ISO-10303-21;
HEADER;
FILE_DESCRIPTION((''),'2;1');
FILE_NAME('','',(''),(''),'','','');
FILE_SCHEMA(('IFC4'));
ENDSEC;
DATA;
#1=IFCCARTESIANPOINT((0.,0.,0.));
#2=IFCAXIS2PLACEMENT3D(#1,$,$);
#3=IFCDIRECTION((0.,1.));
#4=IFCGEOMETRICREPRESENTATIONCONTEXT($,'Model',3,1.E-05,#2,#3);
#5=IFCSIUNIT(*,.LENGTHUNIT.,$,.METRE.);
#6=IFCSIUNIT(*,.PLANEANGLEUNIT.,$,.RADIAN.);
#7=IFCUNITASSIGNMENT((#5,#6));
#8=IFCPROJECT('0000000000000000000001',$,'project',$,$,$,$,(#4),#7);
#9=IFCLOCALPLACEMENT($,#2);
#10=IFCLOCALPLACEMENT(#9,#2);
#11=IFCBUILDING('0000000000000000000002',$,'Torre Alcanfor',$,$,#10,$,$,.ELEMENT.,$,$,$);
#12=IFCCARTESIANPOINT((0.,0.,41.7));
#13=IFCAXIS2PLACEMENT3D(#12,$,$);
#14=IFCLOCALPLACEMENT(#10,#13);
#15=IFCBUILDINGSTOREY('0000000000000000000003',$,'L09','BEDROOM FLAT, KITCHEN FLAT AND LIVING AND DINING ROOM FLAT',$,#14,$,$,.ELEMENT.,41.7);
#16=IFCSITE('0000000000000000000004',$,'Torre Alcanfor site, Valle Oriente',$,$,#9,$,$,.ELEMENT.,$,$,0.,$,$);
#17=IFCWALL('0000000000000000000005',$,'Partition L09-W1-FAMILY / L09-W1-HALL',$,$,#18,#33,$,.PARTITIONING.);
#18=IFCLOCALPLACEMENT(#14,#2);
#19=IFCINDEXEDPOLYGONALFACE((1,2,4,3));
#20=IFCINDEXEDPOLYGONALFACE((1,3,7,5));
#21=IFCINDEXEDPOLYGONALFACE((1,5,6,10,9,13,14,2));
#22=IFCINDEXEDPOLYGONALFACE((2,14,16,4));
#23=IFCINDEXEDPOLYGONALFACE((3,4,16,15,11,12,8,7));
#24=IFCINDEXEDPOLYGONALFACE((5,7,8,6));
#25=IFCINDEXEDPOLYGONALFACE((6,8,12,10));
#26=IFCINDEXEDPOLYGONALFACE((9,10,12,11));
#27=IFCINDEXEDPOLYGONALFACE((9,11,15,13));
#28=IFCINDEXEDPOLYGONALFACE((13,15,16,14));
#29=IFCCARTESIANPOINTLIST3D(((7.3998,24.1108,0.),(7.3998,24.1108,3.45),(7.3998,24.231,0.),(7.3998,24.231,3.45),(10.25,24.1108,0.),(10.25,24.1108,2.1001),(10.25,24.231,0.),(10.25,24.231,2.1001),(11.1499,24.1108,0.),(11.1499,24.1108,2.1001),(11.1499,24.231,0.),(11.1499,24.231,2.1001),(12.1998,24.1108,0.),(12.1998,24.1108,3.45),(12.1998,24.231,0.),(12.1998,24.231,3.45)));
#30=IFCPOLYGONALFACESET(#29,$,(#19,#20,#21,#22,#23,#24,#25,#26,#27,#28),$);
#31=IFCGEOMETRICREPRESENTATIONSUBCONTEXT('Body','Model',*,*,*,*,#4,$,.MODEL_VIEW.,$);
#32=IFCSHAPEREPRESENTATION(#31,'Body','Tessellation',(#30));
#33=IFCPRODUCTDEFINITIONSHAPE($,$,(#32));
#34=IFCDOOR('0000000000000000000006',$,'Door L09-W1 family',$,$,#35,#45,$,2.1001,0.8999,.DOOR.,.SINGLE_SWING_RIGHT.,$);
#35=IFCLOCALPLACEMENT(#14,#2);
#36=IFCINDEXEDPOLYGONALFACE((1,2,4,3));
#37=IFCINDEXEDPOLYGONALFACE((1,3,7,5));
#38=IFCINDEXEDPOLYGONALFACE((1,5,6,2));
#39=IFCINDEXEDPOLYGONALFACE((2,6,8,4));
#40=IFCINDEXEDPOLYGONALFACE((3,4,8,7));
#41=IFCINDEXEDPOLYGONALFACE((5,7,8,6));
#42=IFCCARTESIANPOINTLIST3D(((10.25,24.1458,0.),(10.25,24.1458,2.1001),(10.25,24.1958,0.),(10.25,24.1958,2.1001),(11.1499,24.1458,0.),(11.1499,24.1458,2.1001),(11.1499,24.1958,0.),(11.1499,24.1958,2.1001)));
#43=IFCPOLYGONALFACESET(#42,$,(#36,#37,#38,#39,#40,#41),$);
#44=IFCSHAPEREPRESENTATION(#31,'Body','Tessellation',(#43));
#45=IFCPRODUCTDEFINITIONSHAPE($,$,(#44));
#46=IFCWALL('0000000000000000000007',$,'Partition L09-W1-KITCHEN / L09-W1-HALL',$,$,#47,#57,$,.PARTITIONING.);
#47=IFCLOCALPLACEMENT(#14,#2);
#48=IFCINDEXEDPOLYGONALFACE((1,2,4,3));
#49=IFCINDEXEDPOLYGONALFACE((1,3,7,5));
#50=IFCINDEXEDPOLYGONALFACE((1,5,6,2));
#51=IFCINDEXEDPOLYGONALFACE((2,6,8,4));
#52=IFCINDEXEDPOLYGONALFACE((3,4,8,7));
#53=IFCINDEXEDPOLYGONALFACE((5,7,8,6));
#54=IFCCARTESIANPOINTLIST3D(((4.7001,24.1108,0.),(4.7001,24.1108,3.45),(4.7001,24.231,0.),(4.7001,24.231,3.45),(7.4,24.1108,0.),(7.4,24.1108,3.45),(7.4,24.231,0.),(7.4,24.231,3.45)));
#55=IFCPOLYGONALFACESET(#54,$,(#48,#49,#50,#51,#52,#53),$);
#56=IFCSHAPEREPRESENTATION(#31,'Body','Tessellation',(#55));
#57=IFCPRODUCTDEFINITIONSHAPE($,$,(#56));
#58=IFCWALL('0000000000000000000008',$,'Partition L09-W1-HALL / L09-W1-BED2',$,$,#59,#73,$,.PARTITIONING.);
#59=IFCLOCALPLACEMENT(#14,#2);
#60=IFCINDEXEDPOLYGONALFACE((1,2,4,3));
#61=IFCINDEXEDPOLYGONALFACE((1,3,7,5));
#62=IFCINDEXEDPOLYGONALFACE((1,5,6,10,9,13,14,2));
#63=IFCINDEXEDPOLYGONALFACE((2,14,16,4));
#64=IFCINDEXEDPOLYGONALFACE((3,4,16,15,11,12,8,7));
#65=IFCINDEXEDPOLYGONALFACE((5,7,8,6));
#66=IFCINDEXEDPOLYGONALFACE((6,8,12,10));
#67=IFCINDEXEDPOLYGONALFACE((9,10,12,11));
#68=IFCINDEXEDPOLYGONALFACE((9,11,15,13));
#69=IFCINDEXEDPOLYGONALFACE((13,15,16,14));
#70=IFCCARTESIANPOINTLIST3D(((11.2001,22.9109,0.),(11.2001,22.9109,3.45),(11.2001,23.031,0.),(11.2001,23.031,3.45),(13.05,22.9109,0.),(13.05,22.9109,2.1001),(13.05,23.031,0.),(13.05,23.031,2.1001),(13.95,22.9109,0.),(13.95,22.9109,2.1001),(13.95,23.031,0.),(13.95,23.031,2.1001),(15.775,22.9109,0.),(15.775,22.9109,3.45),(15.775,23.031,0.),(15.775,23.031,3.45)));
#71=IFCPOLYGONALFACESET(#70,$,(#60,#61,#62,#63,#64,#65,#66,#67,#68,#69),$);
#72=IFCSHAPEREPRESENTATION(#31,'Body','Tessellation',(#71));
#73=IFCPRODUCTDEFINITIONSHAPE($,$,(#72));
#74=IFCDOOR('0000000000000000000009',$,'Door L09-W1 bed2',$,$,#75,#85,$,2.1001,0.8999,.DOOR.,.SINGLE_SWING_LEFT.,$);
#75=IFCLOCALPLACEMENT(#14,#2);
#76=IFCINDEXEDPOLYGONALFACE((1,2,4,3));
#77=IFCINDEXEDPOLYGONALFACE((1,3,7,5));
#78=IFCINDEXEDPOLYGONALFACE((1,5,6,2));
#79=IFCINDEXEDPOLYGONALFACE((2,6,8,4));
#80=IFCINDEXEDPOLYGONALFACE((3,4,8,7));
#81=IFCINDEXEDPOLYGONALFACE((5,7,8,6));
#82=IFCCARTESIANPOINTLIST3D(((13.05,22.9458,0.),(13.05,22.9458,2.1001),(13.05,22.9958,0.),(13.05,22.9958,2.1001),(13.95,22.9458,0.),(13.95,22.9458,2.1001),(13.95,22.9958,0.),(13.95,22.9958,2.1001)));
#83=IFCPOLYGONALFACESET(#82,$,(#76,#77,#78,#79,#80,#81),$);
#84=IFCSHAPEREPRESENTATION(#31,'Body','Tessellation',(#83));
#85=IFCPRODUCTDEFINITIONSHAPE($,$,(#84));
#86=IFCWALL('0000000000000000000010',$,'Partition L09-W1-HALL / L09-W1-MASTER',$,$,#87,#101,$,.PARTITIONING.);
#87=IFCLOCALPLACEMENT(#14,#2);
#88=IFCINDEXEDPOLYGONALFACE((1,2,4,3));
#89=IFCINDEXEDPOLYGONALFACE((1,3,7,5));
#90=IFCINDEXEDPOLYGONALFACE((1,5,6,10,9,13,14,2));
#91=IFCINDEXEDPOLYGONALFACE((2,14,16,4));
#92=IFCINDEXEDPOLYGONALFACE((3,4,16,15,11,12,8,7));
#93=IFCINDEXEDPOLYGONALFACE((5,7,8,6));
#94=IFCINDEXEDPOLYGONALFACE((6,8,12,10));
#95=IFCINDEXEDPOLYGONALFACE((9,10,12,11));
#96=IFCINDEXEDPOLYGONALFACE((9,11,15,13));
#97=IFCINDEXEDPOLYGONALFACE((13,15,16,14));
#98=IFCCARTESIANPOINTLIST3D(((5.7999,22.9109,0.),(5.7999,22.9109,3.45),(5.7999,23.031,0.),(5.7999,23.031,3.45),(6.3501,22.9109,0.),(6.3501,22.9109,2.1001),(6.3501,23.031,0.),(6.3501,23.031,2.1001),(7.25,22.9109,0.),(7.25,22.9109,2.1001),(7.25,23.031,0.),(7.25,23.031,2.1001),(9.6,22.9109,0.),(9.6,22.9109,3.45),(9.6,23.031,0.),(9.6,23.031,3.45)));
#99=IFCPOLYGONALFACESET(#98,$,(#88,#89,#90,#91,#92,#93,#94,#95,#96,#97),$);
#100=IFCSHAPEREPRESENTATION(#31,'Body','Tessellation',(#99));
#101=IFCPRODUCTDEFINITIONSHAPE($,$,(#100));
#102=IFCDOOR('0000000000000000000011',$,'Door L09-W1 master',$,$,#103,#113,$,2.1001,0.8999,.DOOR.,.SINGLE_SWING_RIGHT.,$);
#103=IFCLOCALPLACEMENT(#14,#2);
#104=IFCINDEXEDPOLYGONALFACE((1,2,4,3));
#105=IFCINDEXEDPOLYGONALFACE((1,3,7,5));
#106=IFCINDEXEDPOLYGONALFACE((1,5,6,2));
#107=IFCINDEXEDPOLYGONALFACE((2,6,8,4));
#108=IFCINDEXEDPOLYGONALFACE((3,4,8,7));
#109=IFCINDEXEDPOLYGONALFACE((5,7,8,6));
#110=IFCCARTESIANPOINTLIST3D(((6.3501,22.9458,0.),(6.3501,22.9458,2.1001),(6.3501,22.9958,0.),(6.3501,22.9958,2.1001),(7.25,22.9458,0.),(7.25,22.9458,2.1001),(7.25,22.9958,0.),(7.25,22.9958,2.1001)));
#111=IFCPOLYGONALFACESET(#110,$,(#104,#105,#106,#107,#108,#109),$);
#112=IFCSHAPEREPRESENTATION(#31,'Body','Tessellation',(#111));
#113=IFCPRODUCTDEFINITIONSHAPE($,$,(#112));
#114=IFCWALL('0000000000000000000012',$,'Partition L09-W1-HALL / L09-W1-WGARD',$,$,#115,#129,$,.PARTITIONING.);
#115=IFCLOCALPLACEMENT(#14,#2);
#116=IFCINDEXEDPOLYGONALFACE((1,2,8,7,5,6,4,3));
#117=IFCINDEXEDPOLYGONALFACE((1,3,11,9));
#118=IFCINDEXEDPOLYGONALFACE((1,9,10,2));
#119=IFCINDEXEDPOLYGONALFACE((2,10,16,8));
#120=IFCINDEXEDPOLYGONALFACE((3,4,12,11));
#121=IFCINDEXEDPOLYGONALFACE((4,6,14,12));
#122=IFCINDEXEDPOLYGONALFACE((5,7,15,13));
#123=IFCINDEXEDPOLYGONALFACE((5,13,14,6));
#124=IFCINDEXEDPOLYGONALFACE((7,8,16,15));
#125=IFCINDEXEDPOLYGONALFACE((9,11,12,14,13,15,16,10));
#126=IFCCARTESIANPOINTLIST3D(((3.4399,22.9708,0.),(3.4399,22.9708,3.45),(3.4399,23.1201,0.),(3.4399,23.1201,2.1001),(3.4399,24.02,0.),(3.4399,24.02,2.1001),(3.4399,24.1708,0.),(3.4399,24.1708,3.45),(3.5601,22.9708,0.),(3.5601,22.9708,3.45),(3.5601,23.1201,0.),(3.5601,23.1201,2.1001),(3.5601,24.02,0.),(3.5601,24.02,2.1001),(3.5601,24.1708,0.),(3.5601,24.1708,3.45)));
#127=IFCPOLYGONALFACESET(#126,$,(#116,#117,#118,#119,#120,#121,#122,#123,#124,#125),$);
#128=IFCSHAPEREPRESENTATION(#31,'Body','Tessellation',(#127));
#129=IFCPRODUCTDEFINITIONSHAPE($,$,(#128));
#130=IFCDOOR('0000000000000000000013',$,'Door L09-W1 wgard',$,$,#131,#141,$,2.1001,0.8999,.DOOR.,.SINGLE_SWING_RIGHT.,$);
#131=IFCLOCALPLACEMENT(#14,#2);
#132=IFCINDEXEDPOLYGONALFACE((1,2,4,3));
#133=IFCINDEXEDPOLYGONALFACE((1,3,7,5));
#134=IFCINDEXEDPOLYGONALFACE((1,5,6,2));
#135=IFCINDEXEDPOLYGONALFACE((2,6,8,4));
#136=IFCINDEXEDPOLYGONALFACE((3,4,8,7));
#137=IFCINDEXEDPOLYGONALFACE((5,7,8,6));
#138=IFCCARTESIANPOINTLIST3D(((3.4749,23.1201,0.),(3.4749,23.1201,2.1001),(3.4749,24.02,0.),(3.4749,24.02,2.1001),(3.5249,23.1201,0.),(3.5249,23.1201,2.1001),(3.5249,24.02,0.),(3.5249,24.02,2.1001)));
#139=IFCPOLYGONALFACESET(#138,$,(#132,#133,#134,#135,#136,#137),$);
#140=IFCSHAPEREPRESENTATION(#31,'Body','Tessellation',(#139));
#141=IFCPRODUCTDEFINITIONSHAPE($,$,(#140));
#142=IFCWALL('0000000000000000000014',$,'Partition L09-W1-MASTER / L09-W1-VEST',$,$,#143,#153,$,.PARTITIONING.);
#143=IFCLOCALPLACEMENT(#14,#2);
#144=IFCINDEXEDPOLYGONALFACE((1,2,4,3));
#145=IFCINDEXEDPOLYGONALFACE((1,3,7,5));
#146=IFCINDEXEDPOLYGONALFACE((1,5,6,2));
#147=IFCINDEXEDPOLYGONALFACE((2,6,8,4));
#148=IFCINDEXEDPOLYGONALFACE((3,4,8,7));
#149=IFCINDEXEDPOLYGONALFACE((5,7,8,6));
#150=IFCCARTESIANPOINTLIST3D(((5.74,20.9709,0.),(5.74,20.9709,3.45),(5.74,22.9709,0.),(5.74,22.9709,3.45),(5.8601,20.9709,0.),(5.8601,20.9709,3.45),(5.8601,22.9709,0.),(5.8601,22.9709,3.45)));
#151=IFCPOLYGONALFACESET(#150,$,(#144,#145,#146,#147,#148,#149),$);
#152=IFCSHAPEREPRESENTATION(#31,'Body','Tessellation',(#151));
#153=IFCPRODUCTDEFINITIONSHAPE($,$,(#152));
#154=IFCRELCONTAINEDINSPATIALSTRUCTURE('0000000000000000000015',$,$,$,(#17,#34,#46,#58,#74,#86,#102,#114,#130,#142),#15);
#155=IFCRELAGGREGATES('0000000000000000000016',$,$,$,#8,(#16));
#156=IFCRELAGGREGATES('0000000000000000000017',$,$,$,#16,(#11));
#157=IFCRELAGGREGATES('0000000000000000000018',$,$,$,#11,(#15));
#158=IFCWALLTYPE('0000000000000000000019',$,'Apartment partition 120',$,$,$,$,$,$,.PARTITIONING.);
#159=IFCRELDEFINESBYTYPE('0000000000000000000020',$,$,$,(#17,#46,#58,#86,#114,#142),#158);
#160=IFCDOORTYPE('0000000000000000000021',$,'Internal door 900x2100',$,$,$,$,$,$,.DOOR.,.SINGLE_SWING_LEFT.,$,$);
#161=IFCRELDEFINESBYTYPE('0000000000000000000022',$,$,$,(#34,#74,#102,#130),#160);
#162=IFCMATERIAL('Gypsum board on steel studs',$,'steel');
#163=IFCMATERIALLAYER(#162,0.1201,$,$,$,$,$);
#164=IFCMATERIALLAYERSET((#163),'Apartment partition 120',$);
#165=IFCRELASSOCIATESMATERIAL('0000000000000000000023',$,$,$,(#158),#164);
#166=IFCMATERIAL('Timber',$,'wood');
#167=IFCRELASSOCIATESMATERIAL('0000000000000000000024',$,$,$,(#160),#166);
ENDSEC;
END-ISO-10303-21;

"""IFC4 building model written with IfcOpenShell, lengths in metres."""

from ifc_helpers import new_model, si_unit, direction, frame, frame_2d, origin, place, context, subcontext, project, spatial, rectangle, extrude, material, layer, layer_set, type_object, element, fill, save


model = new_model("IFC4")

# Units and contexts
model_context = context("Model", 3, precision=1e-05, world=origin(), true_north=direction((0.0, 1.0)))
body_context = subcontext(model_context, "Body", "Model", "MODEL_VIEW")
ifc_project = project(units=[si_unit("LENGTHUNIT", "METRE"), si_unit("PLANEANGLEUNIT", "RADIAN")], contexts=[model_context])

# Site, building, storey
site_placement = place(None, origin())
site = spatial("IfcSite", under=ifc_project, at=site_placement, Name="Torre Alcanfor site, Valle Oriente", CompositionType="ELEMENT", RefElevation=0.0)
building_placement = place(site_placement, origin())
building = spatial("IfcBuilding", under=site, at=building_placement, Name="Torre Alcanfor", CompositionType="ELEMENT")
storey_placement = place(building_placement, frame((0.0, 0.0, 41.7)))
storey = spatial("IfcBuildingStorey", under=building, at=storey_placement, Name="L09", Description="BEDROOM FLAT, KITCHEN FLAT AND LIVING AND DINING ROOM FLAT", CompositionType="ELEMENT", Elevation=41.7)

# Wall, opening, door
ifc_material_1 = material(Name="Gypsum board on steel studs", Category="steel")
ifc_layer_1 = layer(ifc_material_1, 0.1201)
ifc_layer_set_1 = layer_set([ifc_layer_1], Name="Apartment partition 120")
wall_type_1 = type_object("IfcWallType", Name="Apartment partition 120", PredefinedType="PARTITIONING", material=ifc_layer_set_1)
wall_1_placement = place(storey_placement, frame((7.3999, 24.1709, 0.0), z_axis=(0.0, 0.0, 1.0), x_axis=(1.0, 0.0, 0.0)))
wall_1 = element("IfcWall", 1, at=wall_1_placement, inside=storey, type_object=wall_type_1, Name="Partition L09-W1-FAMILY / L09-W1-HALL", PredefinedType="PARTITIONING", context=body_context, shape_type="SweptSolid", body=[
    extrude(rectangle(XDim=4.8, YDim=0.1201, at=frame_2d((2.3999, 0.0))), origin(), (0.0, 0.0, 1.0), 3.45),
])
opening_1_placement = place(wall_1_placement, frame((2.8501, 0.0, 0.0)))
opening_1 = element("IfcOpeningElement", 2, at=opening_1_placement, cuts=wall_1, PredefinedType="OPENING", context=body_context, shape_type="SweptSolid", body=[
    extrude(rectangle(XDim=0.8999, YDim=2.1001, at=frame_2d((0.45, 1.05))), frame((0.0, 0.0701, 0.0), z_axis=(0.0, -1.0, 0.0), x_axis=(1.0, 0.0, 0.0)), (0.0, 0.0, 1.0), 0.1401),
])
ifc_material_2 = material(Name="Timber", Category="wood")
door_type_1 = type_object("IfcDoorType", Name="Internal door 900x2100", OperationType="SINGLE_SWING_LEFT", PredefinedType="DOOR", material=ifc_material_2)
door_1_placement = place(opening_1_placement, origin())
door_1 = element("IfcDoor", 3, at=door_1_placement, inside=storey, type_object=door_type_1, Name="Door L09-W1 family", OperationType="SINGLE_SWING_RIGHT", OverallHeight=2.1001, OverallWidth=0.8999, PredefinedType="DOOR", context=body_context, shape_type="SweptSolid", body=[
    extrude(rectangle(XDim=0.8999, YDim=2.1001, at=frame_2d((0.45, 1.05))), frame((0.0, 0.0249, 0.0), z_axis=(0.0, -1.0, 0.0), x_axis=(1.0, 0.0, 0.0)), (0.0, 0.0, 1.0), 0.05),
])
fill(opening_1, door_1)

# Wall
wall_2_placement = place(storey_placement, frame((4.7, 24.1709, 0.0), z_axis=(0.0, 0.0, 1.0), x_axis=(1.0, 0.0, 0.0)))
element("IfcWall", 4, at=wall_2_placement, inside=storey, type_object=wall_type_1, Name="Partition L09-W1-KITCHEN / L09-W1-HALL", PredefinedType="PARTITIONING", context=body_context, shape_type="SweptSolid", body=[
    extrude(rectangle(XDim=2.7, YDim=0.1201, at=frame_2d((1.3501, 0.0))), origin(), (0.0, 0.0, 1.0), 3.45),
])

# Walls, openings, doors
wall_3_placement = place(storey_placement, frame((11.2, 22.9709, 0.0), z_axis=(0.0, 0.0, 1.0), x_axis=(1.0, 0.0, 0.0)))
wall_3 = element("IfcWall", 5, at=wall_3_placement, inside=storey, type_object=wall_type_1, Name="Partition L09-W1-HALL / L09-W1-BED2", PredefinedType="PARTITIONING", context=body_context, shape_type="SweptSolid", body=[
    extrude(rectangle(XDim=4.575, YDim=0.1201, at=frame_2d((2.2876, 0.0))), origin(), (0.0, 0.0, 1.0), 3.45),
])
opening_2_placement = place(wall_3_placement, frame((1.8501, 0.0, 0.0)))
opening_2 = element("IfcOpeningElement", 6, at=opening_2_placement, cuts=wall_3, PredefinedType="OPENING", context=body_context, shape_type="SweptSolid", body=[
    extrude(rectangle(XDim=0.8999, YDim=2.1001, at=frame_2d((0.45, 1.05))), frame((0.0, 0.0701, 0.0), z_axis=(0.0, -1.0, 0.0), x_axis=(1.0, 0.0, 0.0)), (0.0, 0.0, 1.0), 0.1401),
])
door_2_placement = place(opening_2_placement, frame((0.8999, 0.0, 0.0), z_axis=(0.0, 0.0, 1.0), x_axis=(-1.0, 0.0, 0.0)))
door_2 = element("IfcDoor", 7, at=door_2_placement, inside=storey, type_object=door_type_1, Name="Door L09-W1 bed2", OperationType="SINGLE_SWING_LEFT", OverallHeight=2.1001, OverallWidth=0.8999, PredefinedType="DOOR", context=body_context, shape_type="SweptSolid", body=[
    extrude(rectangle(XDim=0.8999, YDim=2.1001, at=frame_2d((0.45, 1.05))), frame((0.0, 0.0251, 0.0), z_axis=(0.0, -1.0, 0.0), x_axis=(1.0, 0.0, 0.0)), (0.0, 0.0, 1.0), 0.05),
])
fill(opening_2, door_2)
wall_4_placement = place(storey_placement, frame((5.8, 22.9709, 0.0), z_axis=(0.0, 0.0, 1.0), x_axis=(1.0, 0.0, 0.0)))
wall_4 = element("IfcWall", 8, at=wall_4_placement, inside=storey, type_object=wall_type_1, Name="Partition L09-W1-HALL / L09-W1-MASTER", PredefinedType="PARTITIONING", context=body_context, shape_type="SweptSolid", body=[
    extrude(rectangle(XDim=3.8, YDim=0.1201, at=frame_2d((1.8999, 0.0))), origin(), (0.0, 0.0, 1.0), 3.45),
])
opening_3_placement = place(wall_4_placement, frame((0.55, 0.0, 0.0)))
opening_3 = element("IfcOpeningElement", 9, at=opening_3_placement, cuts=wall_4, PredefinedType="OPENING", context=body_context, shape_type="SweptSolid", body=[
    extrude(rectangle(XDim=0.8999, YDim=2.1001, at=frame_2d((0.45, 1.05))), frame((0.0, 0.0701, 0.0), z_axis=(0.0, -1.0, 0.0), x_axis=(1.0, 0.0, 0.0)), (0.0, 0.0, 1.0), 0.1401),
])
door_3_placement = place(opening_3_placement, frame((0.8999, 0.0, 0.0), z_axis=(0.0, 0.0, 1.0), x_axis=(-1.0, 0.0, 0.0)))
door_3 = element("IfcDoor", 10, at=door_3_placement, inside=storey, type_object=door_type_1, Name="Door L09-W1 master", OperationType="SINGLE_SWING_RIGHT", OverallHeight=2.1001, OverallWidth=0.8999, PredefinedType="DOOR", context=body_context, shape_type="SweptSolid", body=[
    extrude(rectangle(XDim=0.8999, YDim=2.1001, at=frame_2d((0.45, 1.05))), frame((0.0, 0.0251, 0.0), z_axis=(0.0, -1.0, 0.0), x_axis=(1.0, 0.0, 0.0)), (0.0, 0.0, 1.0), 0.05),
])
fill(opening_3, door_3)
wall_5_placement = place(storey_placement, frame((3.5, 24.1709, 0.0), z_axis=(0.0, 0.0, 1.0), x_axis=(0.0, -1.0, 0.0)))
wall_5 = element("IfcWall", 11, at=wall_5_placement, inside=storey, type_object=wall_type_1, Name="Partition L09-W1-HALL / L09-W1-WGARD", PredefinedType="PARTITIONING", context=body_context, shape_type="SweptSolid", body=[
    extrude(rectangle(XDim=1.2, YDim=0.1201, at=frame_2d((0.6001, 0.0))), origin(), (0.0, 0.0, 1.0), 3.45),
])
opening_4_placement = place(wall_5_placement, frame((0.1509, 0.0, 0.0)))
opening_4 = element("IfcOpeningElement", 12, at=opening_4_placement, cuts=wall_5, PredefinedType="OPENING", context=body_context, shape_type="SweptSolid", body=[
    extrude(rectangle(XDim=0.8999, YDim=2.1001, at=frame_2d((0.45, 1.05))), frame((0.0, 0.0701, 0.0), z_axis=(0.0, -1.0, 0.0), x_axis=(1.0, 0.0, 0.0)), (0.0, 0.0, 1.0), 0.1401),
])
door_4_placement = place(opening_4_placement, frame((0.8999, 0.0, 0.0), z_axis=(0.0, 0.0, 1.0), x_axis=(-1.0, 0.0, 0.0)))
door_4 = element("IfcDoor", 13, at=door_4_placement, inside=storey, type_object=door_type_1, Name="Door L09-W1 wgard", OperationType="SINGLE_SWING_RIGHT", OverallHeight=2.1001, OverallWidth=0.8999, PredefinedType="DOOR", context=body_context, shape_type="SweptSolid", body=[
    extrude(rectangle(XDim=0.8999, YDim=2.1001, at=frame_2d((0.45, 1.05))), frame((0.0, 0.0251, 0.0), z_axis=(0.0, -1.0, 0.0), x_axis=(1.0, 0.0, 0.0)), (0.0, 0.0, 1.0), 0.05),
])
fill(opening_4, door_4)

# Wall
wall_6_placement = place(storey_placement, frame((5.8, 20.9709, 0.0), z_axis=(0.0, 0.0, 1.0), x_axis=(0.0, 1.0, 0.0)))
element("IfcWall", 14, at=wall_6_placement, inside=storey, type_object=wall_type_1, Name="Partition L09-W1-MASTER / L09-W1-VEST", PredefinedType="PARTITIONING", context=body_context, shape_type="SweptSolid", body=[
    extrude(rectangle(XDim=2.0, YDim=0.1201, at=frame_2d((1.0, 0.0))), origin(), (0.0, 0.0, 1.0), 3.45),
])

save(model, "model.ifc")
